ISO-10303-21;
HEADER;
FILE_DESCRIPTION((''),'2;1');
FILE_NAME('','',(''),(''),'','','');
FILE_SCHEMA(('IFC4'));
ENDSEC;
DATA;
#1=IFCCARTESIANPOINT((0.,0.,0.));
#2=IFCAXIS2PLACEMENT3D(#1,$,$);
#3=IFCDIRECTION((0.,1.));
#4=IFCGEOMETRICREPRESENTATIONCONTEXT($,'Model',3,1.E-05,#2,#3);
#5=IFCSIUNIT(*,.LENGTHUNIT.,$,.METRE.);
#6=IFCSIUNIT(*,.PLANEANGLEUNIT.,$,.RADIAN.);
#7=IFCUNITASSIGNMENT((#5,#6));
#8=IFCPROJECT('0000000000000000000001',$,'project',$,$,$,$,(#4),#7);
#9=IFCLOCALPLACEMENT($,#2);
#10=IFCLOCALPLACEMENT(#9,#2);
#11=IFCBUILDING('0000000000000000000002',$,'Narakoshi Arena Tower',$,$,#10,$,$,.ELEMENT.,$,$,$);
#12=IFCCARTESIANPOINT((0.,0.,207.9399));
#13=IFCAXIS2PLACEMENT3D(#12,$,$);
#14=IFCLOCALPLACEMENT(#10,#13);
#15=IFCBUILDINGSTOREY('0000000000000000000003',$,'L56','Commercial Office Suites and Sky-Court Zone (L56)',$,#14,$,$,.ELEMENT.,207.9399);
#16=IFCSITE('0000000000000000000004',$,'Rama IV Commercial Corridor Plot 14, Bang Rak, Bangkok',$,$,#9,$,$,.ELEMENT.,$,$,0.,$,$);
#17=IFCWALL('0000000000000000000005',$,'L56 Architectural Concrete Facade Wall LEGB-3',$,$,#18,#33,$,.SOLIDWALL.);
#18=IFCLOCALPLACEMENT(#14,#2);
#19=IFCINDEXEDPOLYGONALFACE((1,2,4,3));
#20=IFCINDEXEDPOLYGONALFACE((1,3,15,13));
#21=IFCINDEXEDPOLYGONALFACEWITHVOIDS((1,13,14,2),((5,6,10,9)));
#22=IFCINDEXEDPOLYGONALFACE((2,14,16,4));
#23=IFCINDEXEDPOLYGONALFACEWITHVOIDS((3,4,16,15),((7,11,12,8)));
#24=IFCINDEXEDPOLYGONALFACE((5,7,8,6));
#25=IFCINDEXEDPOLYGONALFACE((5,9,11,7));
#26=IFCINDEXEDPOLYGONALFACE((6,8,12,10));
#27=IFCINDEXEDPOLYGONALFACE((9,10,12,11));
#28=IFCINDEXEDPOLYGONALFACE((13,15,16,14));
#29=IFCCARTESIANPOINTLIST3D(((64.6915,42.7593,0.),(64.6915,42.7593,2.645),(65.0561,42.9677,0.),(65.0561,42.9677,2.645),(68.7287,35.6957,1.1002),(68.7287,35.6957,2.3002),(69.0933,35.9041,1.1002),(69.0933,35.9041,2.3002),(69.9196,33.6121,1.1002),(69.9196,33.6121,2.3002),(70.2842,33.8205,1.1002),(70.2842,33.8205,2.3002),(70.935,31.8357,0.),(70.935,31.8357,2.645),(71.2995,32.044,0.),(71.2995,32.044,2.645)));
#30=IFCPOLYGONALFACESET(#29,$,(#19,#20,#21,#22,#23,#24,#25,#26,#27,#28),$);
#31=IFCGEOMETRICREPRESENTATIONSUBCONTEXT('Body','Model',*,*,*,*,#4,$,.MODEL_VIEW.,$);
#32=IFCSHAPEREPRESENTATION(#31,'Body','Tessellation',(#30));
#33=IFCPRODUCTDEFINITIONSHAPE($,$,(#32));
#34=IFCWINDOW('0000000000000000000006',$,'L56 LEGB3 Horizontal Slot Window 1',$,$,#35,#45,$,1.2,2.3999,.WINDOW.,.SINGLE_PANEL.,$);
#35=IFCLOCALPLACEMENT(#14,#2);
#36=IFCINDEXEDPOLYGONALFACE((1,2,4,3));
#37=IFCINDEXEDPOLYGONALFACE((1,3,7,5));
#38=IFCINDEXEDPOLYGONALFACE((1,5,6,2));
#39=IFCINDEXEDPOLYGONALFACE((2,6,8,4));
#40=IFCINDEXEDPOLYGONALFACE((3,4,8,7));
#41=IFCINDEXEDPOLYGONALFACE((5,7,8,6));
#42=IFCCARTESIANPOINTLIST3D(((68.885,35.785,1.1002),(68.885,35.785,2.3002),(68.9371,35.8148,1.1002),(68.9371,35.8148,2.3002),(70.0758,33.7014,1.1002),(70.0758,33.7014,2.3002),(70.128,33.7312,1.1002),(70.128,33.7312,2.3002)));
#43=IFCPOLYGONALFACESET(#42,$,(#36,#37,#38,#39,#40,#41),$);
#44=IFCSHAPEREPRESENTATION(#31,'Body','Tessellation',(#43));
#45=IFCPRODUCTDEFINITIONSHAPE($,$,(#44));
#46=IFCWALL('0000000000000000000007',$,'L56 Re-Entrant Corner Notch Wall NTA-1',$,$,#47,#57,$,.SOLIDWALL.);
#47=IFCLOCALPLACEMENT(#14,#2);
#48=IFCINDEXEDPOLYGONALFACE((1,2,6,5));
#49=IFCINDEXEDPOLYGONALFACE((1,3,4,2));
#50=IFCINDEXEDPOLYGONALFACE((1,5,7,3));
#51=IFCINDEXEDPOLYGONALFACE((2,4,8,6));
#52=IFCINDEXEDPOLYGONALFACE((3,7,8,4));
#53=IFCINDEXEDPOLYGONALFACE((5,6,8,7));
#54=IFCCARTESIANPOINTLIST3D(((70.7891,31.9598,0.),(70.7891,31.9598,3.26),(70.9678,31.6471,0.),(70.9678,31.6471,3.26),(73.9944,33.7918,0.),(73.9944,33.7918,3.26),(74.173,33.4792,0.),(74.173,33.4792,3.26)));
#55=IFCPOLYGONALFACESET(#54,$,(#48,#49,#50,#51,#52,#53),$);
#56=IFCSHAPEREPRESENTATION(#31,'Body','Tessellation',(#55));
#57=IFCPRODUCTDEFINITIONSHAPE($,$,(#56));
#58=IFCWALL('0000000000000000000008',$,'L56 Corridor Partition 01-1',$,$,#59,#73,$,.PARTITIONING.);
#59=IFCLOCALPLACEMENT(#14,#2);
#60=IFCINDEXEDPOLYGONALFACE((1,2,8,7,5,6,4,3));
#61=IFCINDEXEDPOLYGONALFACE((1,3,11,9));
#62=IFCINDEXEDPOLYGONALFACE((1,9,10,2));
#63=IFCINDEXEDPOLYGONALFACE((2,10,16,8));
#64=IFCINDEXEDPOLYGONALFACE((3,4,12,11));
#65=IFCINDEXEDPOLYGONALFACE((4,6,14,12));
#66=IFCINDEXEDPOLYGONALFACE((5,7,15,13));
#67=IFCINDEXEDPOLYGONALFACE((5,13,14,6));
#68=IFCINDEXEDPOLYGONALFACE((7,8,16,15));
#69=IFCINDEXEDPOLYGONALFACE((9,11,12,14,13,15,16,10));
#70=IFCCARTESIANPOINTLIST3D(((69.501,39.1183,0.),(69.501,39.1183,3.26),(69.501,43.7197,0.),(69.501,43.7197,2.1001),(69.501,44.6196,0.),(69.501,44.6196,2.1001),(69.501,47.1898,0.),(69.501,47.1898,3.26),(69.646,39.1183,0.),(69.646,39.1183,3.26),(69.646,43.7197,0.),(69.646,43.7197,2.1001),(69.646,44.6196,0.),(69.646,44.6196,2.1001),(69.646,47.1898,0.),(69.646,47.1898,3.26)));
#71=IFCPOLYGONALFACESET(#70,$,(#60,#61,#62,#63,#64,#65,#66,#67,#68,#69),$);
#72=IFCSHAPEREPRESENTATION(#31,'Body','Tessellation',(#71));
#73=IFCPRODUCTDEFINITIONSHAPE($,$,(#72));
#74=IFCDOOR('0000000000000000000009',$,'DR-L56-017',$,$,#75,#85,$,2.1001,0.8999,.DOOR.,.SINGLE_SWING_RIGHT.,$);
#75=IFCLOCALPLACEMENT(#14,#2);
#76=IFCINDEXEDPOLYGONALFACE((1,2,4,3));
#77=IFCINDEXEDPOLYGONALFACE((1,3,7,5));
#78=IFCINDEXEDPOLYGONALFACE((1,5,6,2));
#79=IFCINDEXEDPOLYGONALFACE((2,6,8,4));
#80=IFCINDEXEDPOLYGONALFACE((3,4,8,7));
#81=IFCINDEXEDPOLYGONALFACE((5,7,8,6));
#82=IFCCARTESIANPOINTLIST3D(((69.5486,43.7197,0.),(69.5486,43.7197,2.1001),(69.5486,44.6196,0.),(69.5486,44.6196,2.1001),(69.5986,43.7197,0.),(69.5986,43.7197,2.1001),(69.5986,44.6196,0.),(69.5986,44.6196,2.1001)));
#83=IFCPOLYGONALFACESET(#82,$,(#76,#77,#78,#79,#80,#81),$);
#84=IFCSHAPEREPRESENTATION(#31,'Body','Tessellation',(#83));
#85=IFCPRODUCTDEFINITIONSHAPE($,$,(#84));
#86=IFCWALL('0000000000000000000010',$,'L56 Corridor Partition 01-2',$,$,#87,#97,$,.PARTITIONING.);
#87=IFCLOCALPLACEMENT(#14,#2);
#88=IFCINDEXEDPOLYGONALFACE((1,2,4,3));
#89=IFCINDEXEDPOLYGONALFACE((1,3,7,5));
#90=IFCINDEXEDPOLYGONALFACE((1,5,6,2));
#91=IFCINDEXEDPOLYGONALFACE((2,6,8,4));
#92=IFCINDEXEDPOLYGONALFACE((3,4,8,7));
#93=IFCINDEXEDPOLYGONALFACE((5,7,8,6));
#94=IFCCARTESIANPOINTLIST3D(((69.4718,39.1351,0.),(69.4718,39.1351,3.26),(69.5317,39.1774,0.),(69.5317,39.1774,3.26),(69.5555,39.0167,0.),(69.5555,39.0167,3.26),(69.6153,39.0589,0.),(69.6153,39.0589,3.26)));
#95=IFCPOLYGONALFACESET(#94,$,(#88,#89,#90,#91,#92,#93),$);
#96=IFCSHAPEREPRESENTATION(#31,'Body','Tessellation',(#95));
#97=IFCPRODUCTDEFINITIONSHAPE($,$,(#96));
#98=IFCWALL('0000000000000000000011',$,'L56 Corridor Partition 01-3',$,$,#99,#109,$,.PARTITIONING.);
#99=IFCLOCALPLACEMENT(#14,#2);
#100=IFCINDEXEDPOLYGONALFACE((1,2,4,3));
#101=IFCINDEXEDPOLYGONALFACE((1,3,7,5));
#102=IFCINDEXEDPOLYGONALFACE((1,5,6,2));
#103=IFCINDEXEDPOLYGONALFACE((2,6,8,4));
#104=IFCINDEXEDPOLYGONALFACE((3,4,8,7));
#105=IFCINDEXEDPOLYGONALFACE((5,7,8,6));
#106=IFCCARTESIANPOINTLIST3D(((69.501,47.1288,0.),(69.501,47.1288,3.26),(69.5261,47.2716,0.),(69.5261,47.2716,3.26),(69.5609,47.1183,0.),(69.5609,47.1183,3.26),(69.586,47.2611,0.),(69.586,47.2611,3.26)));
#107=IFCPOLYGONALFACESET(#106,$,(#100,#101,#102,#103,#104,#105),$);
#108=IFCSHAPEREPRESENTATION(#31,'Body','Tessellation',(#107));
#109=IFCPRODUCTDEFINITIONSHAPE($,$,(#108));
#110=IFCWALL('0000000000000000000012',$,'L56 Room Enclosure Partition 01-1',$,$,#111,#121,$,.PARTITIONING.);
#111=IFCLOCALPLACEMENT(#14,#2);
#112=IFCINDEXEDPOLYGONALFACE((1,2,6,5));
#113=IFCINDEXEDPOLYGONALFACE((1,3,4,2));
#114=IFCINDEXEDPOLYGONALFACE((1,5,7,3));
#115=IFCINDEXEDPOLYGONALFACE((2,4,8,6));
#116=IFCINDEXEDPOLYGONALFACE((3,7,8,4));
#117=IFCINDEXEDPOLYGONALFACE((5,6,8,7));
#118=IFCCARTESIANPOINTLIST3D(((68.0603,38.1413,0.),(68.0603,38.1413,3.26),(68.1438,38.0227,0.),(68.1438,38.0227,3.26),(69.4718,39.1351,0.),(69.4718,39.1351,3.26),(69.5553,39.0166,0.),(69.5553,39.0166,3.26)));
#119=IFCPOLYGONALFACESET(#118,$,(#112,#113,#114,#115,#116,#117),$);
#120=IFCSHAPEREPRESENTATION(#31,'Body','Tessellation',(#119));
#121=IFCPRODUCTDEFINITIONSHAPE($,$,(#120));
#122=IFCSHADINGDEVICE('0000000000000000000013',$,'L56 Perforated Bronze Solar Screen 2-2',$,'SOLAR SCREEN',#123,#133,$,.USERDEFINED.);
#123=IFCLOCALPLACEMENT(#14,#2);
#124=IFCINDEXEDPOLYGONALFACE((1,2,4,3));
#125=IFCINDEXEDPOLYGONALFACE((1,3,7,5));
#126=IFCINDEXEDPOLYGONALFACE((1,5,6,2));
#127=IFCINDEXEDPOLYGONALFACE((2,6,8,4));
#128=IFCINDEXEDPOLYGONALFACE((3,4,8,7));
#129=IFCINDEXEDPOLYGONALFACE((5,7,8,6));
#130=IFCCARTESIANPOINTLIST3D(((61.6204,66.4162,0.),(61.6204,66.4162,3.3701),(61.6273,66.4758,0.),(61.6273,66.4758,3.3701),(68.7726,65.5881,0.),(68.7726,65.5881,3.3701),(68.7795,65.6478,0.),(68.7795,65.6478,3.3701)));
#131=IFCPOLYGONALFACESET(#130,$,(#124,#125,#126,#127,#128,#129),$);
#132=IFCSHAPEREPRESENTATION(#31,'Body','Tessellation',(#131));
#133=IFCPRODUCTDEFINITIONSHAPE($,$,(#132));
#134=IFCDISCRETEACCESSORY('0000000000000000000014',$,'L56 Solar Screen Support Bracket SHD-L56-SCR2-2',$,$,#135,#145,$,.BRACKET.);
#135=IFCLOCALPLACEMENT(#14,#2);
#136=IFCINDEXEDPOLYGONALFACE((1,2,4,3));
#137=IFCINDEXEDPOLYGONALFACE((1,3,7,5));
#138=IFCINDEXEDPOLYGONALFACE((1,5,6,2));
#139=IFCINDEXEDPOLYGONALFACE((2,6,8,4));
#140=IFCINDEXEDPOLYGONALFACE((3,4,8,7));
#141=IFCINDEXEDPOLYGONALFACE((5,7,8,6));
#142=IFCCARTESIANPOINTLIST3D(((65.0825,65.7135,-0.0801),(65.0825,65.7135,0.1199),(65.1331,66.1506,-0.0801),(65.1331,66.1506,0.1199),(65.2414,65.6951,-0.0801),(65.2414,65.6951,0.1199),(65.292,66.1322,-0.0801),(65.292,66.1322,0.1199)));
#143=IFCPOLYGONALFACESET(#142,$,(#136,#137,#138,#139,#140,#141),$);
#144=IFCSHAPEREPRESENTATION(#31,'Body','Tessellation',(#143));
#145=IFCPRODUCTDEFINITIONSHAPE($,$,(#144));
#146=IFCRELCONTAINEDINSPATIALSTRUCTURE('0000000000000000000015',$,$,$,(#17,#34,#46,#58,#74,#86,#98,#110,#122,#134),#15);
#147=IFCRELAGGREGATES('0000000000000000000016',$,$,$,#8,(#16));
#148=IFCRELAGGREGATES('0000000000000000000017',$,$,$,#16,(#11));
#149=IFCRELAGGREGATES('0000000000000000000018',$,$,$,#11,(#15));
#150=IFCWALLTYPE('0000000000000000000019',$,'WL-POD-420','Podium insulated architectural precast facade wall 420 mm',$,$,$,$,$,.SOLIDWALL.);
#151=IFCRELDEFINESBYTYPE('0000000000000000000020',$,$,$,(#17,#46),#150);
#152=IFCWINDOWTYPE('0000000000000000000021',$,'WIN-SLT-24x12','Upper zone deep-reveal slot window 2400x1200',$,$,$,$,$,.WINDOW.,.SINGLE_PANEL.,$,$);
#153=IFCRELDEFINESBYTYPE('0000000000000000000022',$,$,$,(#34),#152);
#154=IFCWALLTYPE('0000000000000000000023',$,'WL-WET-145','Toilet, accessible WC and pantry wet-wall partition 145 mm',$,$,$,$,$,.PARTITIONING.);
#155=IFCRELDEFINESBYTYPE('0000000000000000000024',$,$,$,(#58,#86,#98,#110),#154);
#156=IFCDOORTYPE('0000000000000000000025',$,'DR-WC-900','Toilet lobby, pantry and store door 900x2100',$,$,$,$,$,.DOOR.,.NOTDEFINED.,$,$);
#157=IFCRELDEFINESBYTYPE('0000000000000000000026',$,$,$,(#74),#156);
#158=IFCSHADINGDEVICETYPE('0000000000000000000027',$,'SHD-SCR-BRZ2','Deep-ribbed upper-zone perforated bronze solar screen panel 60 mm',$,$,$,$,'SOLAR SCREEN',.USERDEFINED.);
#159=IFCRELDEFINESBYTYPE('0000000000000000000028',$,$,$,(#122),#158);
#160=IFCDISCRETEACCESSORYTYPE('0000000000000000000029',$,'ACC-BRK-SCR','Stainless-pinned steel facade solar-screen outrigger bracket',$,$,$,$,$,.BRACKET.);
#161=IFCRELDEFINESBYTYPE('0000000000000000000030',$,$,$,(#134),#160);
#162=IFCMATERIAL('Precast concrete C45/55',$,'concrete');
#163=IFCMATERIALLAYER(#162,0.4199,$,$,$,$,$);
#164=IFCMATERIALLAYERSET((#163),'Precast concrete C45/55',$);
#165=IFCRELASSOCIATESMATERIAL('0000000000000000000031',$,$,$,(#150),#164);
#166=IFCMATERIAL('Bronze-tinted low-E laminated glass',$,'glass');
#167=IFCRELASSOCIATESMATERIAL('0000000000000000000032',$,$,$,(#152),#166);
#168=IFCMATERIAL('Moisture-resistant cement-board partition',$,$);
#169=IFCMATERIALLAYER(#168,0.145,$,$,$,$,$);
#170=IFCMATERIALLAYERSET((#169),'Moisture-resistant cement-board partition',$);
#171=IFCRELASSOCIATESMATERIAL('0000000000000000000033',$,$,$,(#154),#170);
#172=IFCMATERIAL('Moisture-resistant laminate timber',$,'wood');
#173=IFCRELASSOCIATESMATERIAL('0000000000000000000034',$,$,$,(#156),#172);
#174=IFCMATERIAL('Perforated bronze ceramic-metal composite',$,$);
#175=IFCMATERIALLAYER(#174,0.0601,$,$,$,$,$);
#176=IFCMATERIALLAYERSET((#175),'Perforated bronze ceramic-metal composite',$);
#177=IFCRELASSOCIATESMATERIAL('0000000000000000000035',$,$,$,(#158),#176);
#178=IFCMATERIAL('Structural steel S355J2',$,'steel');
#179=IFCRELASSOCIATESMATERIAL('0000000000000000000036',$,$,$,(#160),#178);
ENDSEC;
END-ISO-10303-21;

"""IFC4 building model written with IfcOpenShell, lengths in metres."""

from ifc_helpers import new_model, si_unit, direction, frame, frame_2d, origin, origin_2d, place, context, subcontext, project, spatial, rectangle, extrude, material, layer, layer_set, type_object, element, fill, save


model = new_model("IFC4")

# Units and contexts
model_context = context("Model", 3, precision=1e-05, world=origin(), true_north=direction((0.0, 1.0)))
body_context = subcontext(model_context, "Body", "Model", "MODEL_VIEW")
ifc_project = project(units=[si_unit("LENGTHUNIT", "METRE"), si_unit("PLANEANGLEUNIT", "RADIAN")], contexts=[model_context])

# Site, building, storey
site_placement = place(None, origin())
site = spatial("IfcSite", under=ifc_project, at=site_placement, Name="Rama IV Commercial Corridor Plot 14, Bang Rak, Bangkok", CompositionType="ELEMENT", RefElevation=0.0)
building_placement = place(site_placement, origin())
building = spatial("IfcBuilding", under=site, at=building_placement, Name="Narakoshi Arena Tower", CompositionType="ELEMENT")
storey_placement = place(building_placement, frame((0.0, 0.0, 207.9399)))
storey = spatial("IfcBuildingStorey", under=building, at=storey_placement, Name="L56", Description="Commercial Office Suites and Sky-Court Zone (L56)", CompositionType="ELEMENT", Elevation=207.9399)

# Shared definitions
ifc_material_1 = material(Name="Structural steel S355J2", Category="steel")

# Shared definitions
ifc_material_2 = material(Name="Bronze-tinted low-E laminated glass", Category="glass")

# Wall, opening, window
ifc_material_3 = material(Name="Precast concrete C45/55", Category="concrete")
ifc_layer_1 = layer(ifc_material_3, 0.4199)
ifc_layer_set_1 = layer_set([ifc_layer_1], Name="Precast concrete C45/55")
wall_type_1 = type_object("IfcWallType", Name="WL-POD-420", Description="Podium insulated architectural precast facade wall 420 mm", PredefinedType="SOLIDWALL", material=ifc_layer_set_1)
wall_1_placement = place(storey_placement, frame((64.8738, 42.8635, 0.0), z_axis=(0.0, 0.0, 1.0), x_axis=(0.49622, -0.868197, 0.0)))
wall_1 = element("IfcWall", 1, at=wall_1_placement, inside=storey, type_object=wall_type_1, Name="L56 Architectural Concrete Facade Wall LEGB-3", PredefinedType="SOLIDWALL", context=body_context, shape_type="SweptSolid", body=[
    extrude(rectangle(XDim=12.582, YDim=0.4199, at=frame_2d((6.291, 0.0))), origin(), (0.0, 0.0, 1.0), 2.645),
])
opening_1_placement = place(wall_1_placement, frame((8.136, 0.0, 1.1001)))
opening_1 = element("IfcOpeningElement", 2, at=opening_1_placement, cuts=wall_1, PredefinedType="OPENING", context=body_context, shape_type="SweptSolid", body=[
    extrude(rectangle(XDim=2.3999, YDim=1.2, at=frame_2d((1.2, 0.6001))), frame((0.0, 0.22, 0.0), z_axis=(0.0, -1.0, 0.0), x_axis=(1.0, 0.0, 0.0)), (0.0, 0.0, 1.0), 0.4399),
])
window_type = type_object("IfcWindowType", Name="WIN-SLT-24x12", Description="Upper zone deep-reveal slot window 2400x1200", PartitioningType="SINGLE_PANEL", PredefinedType="WINDOW", material=ifc_material_2)
window_placement = place(opening_1_placement, origin())
window = element("IfcWindow", 3, at=window_placement, inside=storey, type_object=window_type, Name="L56 LEGB3 Horizontal Slot Window 1", OverallHeight=1.2, OverallWidth=2.3999, PartitioningType="SINGLE_PANEL", PredefinedType="WINDOW", context=body_context, shape_type="SweptSolid", body=[
    extrude(rectangle(XDim=2.3999, YDim=1.2, at=frame_2d((1.2, 0.6001))), frame((0.0, 0.03, 0.0), z_axis=(0.0, -1.0, 0.0), x_axis=(1.0, 0.0, 0.0)), (0.0, 0.0, 1.0), 0.0601),
])
fill(opening_1, window)

# Wall
wall_2_placement = place(storey_placement, frame((70.8784, 31.8035, 0.0), z_axis=(0.0, 0.0, 1.0), x_axis=(0.868194, 0.496224, 0.0)))
element("IfcWall", 4, at=wall_2_placement, inside=storey, type_object=wall_type_1, Name="L56 Re-Entrant Corner Notch Wall NTA-1", PredefinedType="SOLIDWALL", context=body_context, shape_type="SweptSolid", body=[
    extrude(rectangle(XDim=3.6919, YDim=0.3601, at=frame_2d((1.8459, 0.0))), origin(), (0.0, 0.0, 1.0), 3.26),
])

# Wall, opening, door
ifc_material_4 = material(Name="Moisture-resistant cement-board partition")
ifc_layer_2 = layer(ifc_material_4, 0.145)
ifc_layer_set_2 = layer_set([ifc_layer_2], Name="Moisture-resistant cement-board partition")
wall_type_2 = type_object("IfcWallType", Name="WL-WET-145", Description="Toilet, accessible WC and pantry wet-wall partition 145 mm", PredefinedType="PARTITIONING", material=ifc_layer_set_2)
wall_3_placement = place(storey_placement, frame((69.5735, 47.1897, 0.0), z_axis=(0.0, 0.0, 1.0), x_axis=(0.0, -1.0, 0.0)))
wall_3 = element("IfcWall", 5, at=wall_3_placement, inside=storey, type_object=wall_type_2, Name="L56 Corridor Partition 01-1", PredefinedType="PARTITIONING", context=body_context, shape_type="SweptSolid", body=[
    extrude(rectangle(XDim=8.0715, YDim=0.145, at=frame_2d((4.0356, 0.0))), origin(), (0.0, 0.0, 1.0), 3.26),
])
opening_2_placement = place(wall_3_placement, frame((2.5701, 0.0, 0.0)))
opening_2 = element("IfcOpeningElement", 6, at=opening_2_placement, cuts=wall_3, PredefinedType="OPENING", context=body_context, shape_type="SweptSolid", body=[
    extrude(rectangle(XDim=0.8999, YDim=2.1001, at=frame_2d((0.45, 1.05))), frame((0.0, 0.0825, 0.0), z_axis=(0.0, -1.0, 0.0), x_axis=(1.0, 0.0, 0.0)), (0.0, 0.0, 1.0), 0.165),
])
ifc_material_5 = material(Name="Moisture-resistant laminate timber", Category="wood")
door_type_1 = type_object("IfcDoorType", Name="DR-WC-900", Description="Toilet lobby, pantry and store door 900x2100", OperationType="NOTDEFINED", PredefinedType="DOOR", material=ifc_material_5)
door_1_placement = place(opening_2_placement, frame((0.8999, 0.0, 0.0), z_axis=(0.0, 0.0, 1.0), x_axis=(-1.0, 0.0, 0.0)))
door_1 = element("IfcDoor", 7, at=door_1_placement, inside=storey, type_object=door_type_1, Name="DR-L56-017", OperationType="SINGLE_SWING_RIGHT", OverallHeight=2.1001, OverallWidth=0.8999, PredefinedType="DOOR", context=body_context, shape_type="SweptSolid", body=[
    extrude(rectangle(XDim=0.8999, YDim=2.1001, at=frame_2d((0.45, 1.05))), frame((0.0, 0.0249, 0.0), z_axis=(0.0, -1.0, 0.0), x_axis=(1.0, 0.0, 0.0)), (0.0, 0.0, 1.0), 0.05),
])
fill(opening_2, door_1)

# Walls
wall_4_placement = place(storey_placement, frame((69.5735, 39.1182, 0.0), z_axis=(0.0, 0.0, 1.0), x_axis=(-0.816875, -0.576814, 0.0)))
element("IfcWall", 8, at=wall_4_placement, inside=storey, type_object=wall_type_2, Name="L56 Corridor Partition 01-2", PredefinedType="PARTITIONING", context=body_context, shape_type="SweptSolid", body=[
    extrude(rectangle(XDim=0.0732, YDim=0.145, at=frame_2d((0.0366, 0.0))), origin(), (0.0, 0.0, 1.0), 3.26),
])
wall_5_placement = place(storey_placement, frame((69.5137, 47.2002, 0.0), z_axis=(0.0, 0.0, 1.0), x_axis=(0.984945, -0.172868, 0.0)))
element("IfcWall", 9, at=wall_5_placement, inside=storey, type_object=wall_type_2, Name="L56 Corridor Partition 01-3", PredefinedType="PARTITIONING", context=body_context, shape_type="SweptSolid", body=[
    extrude(rectangle(XDim=0.0608, YDim=0.145, at=frame_2d((0.0303, 0.0))), origin(), (0.0, 0.0, 1.0), 3.26),
])
wall_6_placement = place(storey_placement, frame((69.5137, 39.0759, 0.0), z_axis=(0.0, 0.0, 1.0), x_axis=(-0.817661, -0.5757, 0.0)))
element("IfcWall", 10, at=wall_6_placement, inside=storey, type_object=wall_type_2, Name="L56 Room Enclosure Partition 01-1", PredefinedType="PARTITIONING", context=body_context, shape_type="SweptSolid", body=[
    extrude(rectangle(XDim=1.7263, YDim=0.145, at=frame_2d((0.8633, 0.0))), origin(), (0.0, 0.0, 1.0), 3.26),
])

# Shading device
ifc_material_6 = material(Name="Perforated bronze ceramic-metal composite")
ifc_layer_3 = layer(ifc_material_6, 0.0601)
ifc_layer_set_3 = layer_set([ifc_layer_3], Name="Perforated bronze ceramic-metal composite")
shading_device_type = type_object("IfcShadingDeviceType", Name="SHD-SCR-BRZ2", Description="Deep-ribbed upper-zone perforated bronze solar screen panel 60 mm", ElementType="SOLAR SCREEN", PredefinedType="USERDEFINED", material=ifc_layer_set_3)
shading_device_placement = place(storey_placement, frame((65.2, 66.032, 0.0), z_axis=(0.0, 0.0, 1.0), x_axis=(-0.993365, 0.115007, 0.0)))
element("IfcShadingDevice", 11, at=shading_device_placement, inside=storey, type_object=shading_device_type, Name="L56 Perforated Bronze Solar Screen 2-2", ObjectType="SOLAR SCREEN", PredefinedType="USERDEFINED", context=body_context, shape_type="SweptSolid", body=[
    extrude(rectangle(XDim=7.2, YDim=0.0601, at=origin_2d()), origin(), (0.0, 0.0, 1.0), 3.3701),
])

# Discrete accessory
discrete_accessory_type = type_object("IfcDiscreteAccessoryType", Name="ACC-BRK-SCR", Description="Stainless-pinned steel facade solar-screen outrigger bracket", PredefinedType="BRACKET", material=ifc_material_1)
discrete_accessory_placement = place(storey_placement, frame((65.1873, 65.9229, -0.0801), z_axis=(0.0, 0.0, 1.0), x_axis=(-0.993365, 0.115007, 0.0)))
element("IfcDiscreteAccessory", 12, at=discrete_accessory_placement, inside=storey, type_object=discrete_accessory_type, Name="L56 Solar Screen Support Bracket SHD-L56-SCR2-2", PredefinedType="BRACKET", context=body_context, shape_type="SweptSolid", body=[
    extrude(rectangle(XDim=0.1599, YDim=0.4399, at=origin_2d()), origin(), (0.0, 0.0, 1.0), 0.2),
])

save(model, "model.ifc")
